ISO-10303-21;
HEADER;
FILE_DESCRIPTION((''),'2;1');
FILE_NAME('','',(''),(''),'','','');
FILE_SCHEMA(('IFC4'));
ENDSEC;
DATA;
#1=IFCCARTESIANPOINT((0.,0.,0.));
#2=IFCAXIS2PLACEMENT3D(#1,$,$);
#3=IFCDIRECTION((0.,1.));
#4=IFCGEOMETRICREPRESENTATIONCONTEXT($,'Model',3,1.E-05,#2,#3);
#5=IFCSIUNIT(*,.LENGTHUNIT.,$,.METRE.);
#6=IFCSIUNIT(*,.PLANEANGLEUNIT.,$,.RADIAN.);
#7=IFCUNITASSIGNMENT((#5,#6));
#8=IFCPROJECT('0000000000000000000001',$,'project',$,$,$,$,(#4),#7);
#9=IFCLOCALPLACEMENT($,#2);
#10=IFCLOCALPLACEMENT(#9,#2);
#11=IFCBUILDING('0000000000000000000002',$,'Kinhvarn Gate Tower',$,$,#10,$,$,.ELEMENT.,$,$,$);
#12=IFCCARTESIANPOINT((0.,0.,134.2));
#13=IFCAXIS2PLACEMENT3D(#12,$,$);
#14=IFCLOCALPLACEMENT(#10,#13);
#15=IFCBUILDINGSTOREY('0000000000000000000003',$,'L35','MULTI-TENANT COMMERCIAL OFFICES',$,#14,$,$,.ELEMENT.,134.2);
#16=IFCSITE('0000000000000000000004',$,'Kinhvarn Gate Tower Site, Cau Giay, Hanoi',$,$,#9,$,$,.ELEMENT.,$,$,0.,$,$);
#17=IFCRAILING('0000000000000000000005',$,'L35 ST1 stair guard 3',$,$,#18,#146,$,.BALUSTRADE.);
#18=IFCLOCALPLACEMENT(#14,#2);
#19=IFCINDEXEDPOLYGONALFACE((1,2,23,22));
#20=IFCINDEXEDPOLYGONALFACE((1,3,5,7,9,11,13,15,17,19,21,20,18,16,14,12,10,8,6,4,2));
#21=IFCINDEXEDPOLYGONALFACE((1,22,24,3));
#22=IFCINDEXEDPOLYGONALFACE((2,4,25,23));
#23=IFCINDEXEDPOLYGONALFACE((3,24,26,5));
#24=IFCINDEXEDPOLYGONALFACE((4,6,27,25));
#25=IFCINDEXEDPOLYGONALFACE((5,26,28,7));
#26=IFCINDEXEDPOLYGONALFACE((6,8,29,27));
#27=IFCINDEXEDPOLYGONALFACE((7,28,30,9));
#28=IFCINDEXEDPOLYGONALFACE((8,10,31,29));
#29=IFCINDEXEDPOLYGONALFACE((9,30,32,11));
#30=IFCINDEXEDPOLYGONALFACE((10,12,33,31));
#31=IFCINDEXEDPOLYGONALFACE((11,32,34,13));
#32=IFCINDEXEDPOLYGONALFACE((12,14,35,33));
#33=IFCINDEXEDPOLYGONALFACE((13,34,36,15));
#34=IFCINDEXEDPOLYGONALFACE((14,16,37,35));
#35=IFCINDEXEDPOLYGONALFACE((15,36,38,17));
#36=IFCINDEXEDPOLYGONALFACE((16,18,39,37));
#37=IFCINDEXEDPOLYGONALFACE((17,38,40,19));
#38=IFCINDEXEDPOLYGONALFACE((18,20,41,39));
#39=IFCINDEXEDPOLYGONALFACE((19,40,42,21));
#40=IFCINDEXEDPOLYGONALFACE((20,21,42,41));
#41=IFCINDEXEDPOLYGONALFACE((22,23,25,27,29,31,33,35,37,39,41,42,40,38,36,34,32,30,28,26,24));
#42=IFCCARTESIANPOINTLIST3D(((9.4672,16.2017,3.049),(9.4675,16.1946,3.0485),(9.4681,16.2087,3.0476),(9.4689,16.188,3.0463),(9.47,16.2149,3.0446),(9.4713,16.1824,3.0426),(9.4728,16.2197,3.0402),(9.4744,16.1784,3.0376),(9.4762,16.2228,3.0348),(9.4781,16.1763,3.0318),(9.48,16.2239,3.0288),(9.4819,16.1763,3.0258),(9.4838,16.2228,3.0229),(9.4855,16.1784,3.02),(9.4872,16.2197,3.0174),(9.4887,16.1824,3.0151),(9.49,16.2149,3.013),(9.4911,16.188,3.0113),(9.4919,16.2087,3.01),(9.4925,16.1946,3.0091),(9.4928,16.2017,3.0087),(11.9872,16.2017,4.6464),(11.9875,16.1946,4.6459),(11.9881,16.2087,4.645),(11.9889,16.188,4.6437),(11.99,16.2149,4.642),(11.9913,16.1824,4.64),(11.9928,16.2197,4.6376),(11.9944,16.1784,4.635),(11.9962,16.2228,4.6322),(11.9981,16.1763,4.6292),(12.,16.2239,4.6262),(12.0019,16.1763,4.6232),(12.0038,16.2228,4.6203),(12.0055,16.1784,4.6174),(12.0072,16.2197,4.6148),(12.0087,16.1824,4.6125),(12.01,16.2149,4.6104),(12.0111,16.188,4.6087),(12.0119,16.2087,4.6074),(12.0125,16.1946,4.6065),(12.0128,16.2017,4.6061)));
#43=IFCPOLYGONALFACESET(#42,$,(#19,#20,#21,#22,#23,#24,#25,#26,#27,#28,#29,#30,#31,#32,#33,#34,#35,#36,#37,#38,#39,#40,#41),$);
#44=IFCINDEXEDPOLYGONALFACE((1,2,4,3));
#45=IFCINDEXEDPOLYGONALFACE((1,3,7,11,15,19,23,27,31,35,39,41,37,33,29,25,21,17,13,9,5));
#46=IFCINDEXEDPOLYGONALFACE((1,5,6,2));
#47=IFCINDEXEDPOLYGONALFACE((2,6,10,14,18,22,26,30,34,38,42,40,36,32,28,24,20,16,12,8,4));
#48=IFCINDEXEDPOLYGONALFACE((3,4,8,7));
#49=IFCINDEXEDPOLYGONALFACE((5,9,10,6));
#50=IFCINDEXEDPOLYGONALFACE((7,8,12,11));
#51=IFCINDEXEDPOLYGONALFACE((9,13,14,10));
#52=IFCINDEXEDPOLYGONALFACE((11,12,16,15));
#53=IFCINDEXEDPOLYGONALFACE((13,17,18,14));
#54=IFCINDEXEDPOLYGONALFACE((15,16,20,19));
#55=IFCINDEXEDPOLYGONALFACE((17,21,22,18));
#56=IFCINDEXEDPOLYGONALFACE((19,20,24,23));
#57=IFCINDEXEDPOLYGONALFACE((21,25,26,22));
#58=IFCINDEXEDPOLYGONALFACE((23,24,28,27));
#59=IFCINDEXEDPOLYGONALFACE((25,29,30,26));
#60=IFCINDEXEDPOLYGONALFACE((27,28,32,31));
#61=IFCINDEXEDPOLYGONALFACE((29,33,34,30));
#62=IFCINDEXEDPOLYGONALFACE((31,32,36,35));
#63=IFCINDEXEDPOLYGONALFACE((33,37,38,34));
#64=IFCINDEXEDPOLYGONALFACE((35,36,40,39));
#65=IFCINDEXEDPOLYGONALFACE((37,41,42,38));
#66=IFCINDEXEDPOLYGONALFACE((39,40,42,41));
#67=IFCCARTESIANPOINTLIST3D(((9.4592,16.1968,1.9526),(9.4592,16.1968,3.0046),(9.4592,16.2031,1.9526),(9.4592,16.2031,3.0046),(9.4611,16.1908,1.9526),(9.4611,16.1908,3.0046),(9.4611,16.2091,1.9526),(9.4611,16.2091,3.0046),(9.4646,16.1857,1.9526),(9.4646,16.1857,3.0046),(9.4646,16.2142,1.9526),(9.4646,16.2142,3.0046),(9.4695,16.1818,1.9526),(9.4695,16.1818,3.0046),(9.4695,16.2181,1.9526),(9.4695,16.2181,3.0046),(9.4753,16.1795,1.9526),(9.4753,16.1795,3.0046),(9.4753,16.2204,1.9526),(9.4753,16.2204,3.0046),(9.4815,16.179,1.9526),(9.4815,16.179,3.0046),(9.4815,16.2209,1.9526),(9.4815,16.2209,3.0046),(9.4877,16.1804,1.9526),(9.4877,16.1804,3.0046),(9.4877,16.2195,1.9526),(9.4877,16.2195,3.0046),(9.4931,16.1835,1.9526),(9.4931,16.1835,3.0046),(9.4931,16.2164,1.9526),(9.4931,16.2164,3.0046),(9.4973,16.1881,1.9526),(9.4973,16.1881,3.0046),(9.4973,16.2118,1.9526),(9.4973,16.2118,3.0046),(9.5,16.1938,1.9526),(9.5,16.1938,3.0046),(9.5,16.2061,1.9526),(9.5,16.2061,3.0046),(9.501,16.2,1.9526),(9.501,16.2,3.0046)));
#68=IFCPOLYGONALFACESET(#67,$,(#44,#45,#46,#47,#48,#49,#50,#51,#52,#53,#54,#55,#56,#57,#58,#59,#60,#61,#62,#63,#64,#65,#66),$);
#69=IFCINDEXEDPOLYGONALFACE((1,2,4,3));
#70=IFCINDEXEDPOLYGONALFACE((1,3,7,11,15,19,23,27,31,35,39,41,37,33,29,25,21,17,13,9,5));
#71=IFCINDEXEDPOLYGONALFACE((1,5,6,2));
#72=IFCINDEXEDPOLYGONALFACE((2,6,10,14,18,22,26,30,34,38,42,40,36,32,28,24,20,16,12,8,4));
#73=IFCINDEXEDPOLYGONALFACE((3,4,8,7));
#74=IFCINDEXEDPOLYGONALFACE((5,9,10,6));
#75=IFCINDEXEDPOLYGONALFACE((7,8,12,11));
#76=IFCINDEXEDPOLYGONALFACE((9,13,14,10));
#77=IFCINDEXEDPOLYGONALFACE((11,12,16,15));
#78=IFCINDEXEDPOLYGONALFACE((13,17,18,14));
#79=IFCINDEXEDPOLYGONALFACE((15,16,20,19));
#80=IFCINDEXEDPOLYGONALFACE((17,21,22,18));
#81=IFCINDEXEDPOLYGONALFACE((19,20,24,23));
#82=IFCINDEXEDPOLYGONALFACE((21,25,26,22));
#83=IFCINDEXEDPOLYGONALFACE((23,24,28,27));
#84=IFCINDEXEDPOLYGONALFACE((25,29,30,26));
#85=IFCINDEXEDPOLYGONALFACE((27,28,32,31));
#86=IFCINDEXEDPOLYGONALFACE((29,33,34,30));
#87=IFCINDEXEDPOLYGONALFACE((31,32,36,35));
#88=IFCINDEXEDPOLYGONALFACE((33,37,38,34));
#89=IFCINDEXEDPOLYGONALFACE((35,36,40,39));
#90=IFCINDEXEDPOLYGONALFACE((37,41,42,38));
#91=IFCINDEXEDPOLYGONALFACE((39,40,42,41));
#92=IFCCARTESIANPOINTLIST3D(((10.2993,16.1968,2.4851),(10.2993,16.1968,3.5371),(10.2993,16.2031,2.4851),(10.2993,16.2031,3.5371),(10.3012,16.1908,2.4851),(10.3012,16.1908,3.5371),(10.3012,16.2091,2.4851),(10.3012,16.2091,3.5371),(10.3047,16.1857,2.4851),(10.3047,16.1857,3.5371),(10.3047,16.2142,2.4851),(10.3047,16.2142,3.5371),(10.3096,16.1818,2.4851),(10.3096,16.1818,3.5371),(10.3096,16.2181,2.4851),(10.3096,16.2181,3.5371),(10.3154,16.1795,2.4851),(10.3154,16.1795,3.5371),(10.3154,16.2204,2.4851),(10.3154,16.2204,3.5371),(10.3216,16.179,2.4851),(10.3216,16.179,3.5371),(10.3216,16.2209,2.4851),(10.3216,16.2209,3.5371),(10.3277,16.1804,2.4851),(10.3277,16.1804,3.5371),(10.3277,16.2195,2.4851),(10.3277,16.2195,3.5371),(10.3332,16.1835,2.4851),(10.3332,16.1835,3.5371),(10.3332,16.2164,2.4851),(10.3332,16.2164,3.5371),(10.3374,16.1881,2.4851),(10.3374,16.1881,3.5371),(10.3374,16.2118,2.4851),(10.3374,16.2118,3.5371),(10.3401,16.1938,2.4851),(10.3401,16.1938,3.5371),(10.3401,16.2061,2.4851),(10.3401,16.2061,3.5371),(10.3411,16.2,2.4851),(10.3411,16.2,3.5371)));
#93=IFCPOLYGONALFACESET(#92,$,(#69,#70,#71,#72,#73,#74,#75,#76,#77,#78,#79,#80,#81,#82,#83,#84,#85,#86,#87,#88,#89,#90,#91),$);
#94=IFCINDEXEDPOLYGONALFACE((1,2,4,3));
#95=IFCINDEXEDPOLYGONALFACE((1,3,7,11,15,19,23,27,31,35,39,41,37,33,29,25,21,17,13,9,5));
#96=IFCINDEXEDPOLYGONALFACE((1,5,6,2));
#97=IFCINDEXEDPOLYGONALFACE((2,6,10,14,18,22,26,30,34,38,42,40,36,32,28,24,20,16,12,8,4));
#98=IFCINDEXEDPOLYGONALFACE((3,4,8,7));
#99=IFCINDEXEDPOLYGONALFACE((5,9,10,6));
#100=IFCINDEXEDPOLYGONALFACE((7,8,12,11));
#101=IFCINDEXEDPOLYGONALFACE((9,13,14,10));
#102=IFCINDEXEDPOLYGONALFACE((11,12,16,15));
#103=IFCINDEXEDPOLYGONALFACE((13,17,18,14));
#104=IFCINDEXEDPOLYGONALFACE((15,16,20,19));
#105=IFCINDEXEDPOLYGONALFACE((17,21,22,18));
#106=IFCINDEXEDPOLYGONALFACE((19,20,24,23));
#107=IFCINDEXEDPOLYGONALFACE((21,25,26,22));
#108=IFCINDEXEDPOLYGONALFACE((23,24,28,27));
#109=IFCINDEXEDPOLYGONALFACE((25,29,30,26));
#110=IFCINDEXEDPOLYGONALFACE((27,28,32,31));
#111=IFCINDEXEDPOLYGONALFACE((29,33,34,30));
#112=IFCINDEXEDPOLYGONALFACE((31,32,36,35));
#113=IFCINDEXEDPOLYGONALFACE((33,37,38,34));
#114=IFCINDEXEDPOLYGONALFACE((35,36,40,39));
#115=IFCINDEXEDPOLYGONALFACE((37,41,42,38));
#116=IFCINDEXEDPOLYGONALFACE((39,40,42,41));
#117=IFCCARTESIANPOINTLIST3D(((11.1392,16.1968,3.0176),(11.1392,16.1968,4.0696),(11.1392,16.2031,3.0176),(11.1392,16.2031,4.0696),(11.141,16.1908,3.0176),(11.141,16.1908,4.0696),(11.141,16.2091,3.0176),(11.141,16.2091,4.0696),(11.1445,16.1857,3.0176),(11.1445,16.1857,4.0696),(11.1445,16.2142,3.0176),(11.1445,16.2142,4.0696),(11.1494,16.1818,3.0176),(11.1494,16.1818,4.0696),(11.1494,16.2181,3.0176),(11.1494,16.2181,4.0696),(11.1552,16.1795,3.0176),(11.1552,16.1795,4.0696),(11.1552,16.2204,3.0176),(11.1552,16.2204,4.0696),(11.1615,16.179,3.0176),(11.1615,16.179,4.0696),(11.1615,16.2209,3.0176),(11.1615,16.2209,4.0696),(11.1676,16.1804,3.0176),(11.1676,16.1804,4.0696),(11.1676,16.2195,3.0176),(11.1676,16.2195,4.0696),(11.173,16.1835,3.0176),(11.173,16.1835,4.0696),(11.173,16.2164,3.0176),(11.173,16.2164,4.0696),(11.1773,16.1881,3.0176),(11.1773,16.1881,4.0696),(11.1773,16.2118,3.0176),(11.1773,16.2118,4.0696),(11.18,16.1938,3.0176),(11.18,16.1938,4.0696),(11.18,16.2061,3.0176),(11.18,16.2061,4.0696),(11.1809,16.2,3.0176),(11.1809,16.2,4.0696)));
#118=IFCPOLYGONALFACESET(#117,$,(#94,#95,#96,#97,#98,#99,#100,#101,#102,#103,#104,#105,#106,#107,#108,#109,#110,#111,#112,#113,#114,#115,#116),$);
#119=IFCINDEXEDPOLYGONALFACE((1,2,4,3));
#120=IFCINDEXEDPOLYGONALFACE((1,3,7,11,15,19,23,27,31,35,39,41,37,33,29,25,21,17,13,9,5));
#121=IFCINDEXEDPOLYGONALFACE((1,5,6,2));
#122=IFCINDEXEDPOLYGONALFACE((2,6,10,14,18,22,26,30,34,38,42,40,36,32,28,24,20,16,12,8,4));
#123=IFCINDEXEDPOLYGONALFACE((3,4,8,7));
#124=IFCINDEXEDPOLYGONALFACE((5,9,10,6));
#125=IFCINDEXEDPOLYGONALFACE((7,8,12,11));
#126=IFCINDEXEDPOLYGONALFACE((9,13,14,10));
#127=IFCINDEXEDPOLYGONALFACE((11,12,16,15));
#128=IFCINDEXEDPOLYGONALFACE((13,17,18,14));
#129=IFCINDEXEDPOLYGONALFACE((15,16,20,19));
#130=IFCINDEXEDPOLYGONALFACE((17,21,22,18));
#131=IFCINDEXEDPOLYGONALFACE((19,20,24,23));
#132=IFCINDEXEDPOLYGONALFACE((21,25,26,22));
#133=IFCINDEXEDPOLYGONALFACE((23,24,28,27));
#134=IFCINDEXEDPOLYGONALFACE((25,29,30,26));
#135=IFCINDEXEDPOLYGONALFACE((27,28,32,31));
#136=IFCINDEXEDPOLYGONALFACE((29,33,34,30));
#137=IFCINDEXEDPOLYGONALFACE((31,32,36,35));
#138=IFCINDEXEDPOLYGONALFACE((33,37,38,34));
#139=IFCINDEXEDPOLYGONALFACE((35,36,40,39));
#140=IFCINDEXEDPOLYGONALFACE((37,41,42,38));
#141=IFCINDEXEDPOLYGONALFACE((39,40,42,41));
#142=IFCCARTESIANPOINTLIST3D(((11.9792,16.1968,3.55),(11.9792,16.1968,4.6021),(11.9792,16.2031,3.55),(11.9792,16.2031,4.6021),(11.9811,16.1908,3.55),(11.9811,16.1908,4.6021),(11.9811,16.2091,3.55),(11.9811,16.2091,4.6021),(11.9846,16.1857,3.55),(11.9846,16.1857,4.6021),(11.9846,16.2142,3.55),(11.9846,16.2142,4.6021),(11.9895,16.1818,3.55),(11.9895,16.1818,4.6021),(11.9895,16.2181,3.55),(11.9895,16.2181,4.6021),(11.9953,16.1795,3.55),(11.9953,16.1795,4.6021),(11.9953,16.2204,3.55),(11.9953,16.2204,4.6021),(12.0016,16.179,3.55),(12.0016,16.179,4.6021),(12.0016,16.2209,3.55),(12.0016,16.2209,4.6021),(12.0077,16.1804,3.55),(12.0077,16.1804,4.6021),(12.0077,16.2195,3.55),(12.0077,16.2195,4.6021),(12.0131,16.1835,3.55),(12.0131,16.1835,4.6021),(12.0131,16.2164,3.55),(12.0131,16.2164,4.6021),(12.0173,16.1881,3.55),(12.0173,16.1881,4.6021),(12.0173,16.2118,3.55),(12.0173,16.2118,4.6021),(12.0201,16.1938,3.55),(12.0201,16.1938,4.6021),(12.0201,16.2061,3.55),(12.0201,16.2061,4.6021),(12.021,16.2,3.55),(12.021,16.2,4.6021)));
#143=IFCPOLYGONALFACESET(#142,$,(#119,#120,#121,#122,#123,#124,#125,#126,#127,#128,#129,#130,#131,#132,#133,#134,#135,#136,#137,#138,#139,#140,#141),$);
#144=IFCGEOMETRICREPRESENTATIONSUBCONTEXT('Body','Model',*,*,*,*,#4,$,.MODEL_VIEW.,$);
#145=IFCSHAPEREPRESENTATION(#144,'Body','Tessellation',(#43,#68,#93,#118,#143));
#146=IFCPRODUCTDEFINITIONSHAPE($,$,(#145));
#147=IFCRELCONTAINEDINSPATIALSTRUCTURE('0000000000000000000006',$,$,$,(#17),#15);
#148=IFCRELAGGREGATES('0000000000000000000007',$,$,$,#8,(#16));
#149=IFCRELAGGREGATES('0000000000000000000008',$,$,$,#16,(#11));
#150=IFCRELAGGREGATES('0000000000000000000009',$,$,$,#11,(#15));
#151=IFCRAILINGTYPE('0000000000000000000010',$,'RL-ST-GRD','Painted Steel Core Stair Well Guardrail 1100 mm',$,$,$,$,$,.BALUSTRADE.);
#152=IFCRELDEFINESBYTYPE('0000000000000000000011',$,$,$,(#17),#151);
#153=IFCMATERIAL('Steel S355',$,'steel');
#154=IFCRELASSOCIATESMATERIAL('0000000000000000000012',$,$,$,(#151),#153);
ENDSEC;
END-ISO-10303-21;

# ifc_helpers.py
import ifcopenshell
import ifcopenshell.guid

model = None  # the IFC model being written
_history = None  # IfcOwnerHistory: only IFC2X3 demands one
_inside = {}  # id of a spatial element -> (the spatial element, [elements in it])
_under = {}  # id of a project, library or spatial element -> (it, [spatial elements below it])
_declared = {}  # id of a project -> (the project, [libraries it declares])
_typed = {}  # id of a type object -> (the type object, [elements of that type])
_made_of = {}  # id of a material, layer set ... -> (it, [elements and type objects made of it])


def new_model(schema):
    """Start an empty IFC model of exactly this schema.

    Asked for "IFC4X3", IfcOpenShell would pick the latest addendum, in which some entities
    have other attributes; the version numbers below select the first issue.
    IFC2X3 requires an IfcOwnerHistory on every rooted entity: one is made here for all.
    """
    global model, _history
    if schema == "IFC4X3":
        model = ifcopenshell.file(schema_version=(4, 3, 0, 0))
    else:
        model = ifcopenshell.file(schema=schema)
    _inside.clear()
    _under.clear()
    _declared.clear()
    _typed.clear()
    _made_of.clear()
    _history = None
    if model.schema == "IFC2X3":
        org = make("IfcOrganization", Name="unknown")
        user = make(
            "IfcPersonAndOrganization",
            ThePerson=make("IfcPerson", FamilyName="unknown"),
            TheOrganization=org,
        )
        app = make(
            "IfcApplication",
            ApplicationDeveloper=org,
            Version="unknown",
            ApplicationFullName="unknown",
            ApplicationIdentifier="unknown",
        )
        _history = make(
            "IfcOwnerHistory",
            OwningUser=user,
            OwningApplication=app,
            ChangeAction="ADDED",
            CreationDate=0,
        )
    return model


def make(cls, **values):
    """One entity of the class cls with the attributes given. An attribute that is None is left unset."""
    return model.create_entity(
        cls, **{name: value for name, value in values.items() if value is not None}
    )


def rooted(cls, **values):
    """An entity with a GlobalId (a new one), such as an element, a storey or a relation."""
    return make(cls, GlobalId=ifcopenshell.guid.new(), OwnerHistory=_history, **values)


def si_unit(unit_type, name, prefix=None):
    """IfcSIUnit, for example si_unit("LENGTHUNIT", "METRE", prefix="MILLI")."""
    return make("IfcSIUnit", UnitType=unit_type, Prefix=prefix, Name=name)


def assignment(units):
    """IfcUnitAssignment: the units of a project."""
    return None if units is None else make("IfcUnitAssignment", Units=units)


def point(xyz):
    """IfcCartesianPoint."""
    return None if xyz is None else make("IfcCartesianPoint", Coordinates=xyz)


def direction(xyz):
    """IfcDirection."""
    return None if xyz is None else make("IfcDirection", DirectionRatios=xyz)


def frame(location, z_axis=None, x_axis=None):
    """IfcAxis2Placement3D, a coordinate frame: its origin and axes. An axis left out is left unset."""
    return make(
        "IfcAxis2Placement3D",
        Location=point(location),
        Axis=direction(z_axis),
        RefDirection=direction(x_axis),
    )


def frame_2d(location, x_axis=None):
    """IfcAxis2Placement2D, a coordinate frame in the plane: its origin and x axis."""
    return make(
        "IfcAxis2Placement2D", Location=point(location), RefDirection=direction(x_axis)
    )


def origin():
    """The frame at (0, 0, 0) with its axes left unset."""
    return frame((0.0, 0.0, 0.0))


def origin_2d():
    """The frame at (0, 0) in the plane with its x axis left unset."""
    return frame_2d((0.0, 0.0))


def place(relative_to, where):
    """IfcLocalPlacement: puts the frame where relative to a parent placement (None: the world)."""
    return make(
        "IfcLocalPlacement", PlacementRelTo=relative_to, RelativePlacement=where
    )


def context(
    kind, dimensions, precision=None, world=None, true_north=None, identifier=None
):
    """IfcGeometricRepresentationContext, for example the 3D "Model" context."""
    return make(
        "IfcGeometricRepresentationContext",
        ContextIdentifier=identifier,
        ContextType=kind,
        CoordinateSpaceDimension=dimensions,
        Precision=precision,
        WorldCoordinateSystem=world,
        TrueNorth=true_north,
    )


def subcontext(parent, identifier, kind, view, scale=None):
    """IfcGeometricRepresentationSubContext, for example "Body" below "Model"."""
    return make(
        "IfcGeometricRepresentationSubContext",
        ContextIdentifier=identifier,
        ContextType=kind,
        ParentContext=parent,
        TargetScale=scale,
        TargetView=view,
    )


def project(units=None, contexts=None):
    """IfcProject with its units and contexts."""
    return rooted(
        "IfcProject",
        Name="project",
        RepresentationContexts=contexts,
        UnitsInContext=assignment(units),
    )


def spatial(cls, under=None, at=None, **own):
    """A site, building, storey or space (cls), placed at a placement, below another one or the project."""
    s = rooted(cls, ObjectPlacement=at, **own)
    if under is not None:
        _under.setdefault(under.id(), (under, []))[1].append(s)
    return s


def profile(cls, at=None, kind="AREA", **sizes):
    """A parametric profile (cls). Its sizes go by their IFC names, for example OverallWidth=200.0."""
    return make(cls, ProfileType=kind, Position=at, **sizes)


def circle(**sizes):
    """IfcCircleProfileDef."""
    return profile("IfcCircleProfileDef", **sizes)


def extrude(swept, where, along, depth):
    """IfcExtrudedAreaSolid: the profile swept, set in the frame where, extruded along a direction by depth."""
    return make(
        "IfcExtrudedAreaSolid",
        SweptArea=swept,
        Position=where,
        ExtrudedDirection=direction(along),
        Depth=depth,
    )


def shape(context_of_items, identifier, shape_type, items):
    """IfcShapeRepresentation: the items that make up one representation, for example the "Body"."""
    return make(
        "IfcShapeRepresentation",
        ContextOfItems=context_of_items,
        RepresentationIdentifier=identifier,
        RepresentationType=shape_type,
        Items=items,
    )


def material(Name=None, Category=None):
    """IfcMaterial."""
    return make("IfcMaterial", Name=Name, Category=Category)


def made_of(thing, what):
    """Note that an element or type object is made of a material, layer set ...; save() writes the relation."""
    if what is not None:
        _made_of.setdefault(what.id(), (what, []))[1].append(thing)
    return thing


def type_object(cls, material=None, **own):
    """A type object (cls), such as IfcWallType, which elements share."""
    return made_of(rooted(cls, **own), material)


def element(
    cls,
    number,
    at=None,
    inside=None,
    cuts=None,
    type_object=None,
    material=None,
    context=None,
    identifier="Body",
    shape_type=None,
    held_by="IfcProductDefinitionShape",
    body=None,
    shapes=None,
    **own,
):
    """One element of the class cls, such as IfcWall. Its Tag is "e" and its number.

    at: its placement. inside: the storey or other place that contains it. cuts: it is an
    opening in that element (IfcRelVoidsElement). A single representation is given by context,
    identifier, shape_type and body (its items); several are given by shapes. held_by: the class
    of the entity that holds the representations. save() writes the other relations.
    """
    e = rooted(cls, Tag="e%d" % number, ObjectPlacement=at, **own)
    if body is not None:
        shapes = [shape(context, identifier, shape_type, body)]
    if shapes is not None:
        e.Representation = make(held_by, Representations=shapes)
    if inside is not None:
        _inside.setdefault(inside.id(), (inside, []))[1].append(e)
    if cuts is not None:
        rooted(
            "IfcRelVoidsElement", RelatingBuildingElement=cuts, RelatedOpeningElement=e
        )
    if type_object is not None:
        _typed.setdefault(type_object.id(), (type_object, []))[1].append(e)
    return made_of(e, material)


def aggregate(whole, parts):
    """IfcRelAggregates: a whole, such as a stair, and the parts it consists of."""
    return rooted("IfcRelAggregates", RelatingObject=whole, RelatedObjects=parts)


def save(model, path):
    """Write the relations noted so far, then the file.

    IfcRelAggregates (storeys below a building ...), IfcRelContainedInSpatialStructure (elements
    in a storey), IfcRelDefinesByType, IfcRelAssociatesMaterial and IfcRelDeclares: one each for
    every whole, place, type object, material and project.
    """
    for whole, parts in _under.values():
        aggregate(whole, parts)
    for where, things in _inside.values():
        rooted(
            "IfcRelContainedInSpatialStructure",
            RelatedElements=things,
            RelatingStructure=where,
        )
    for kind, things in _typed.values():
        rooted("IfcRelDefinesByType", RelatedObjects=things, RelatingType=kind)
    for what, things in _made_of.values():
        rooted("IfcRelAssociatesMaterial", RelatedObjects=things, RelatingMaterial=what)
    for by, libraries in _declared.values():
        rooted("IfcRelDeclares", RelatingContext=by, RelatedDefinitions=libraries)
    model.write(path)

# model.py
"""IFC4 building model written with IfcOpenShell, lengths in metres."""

from ifc_helpers import new_model, si_unit, direction, frame, origin, origin_2d, place, context, subcontext, project, spatial, circle, extrude, material, type_object, element, save


model = new_model("IFC4")

# Units and contexts
model_context = context("Model", 3, precision=1e-05, world=origin(), true_north=direction((0.0, 1.0)))
body_context = subcontext(model_context, "Body", "Model", "MODEL_VIEW")
ifc_project = project(units=[si_unit("LENGTHUNIT", "METRE"), si_unit("PLANEANGLEUNIT", "RADIAN")], contexts=[model_context])

# Site, building, storey
site_placement = place(None, origin())
site = spatial("IfcSite", under=ifc_project, at=site_placement, Name="Kinhvarn Gate Tower Site, Cau Giay, Hanoi", CompositionType="ELEMENT", RefElevation=0.0)
building_placement = place(site_placement, origin())
building = spatial("IfcBuilding", under=site, at=building_placement, Name="Kinhvarn Gate Tower", CompositionType="ELEMENT")
storey_placement = place(building_placement, frame((0.0, 0.0, 134.2)))
storey = spatial("IfcBuildingStorey", under=building, at=storey_placement, Name="L35", Description="MULTI-TENANT COMMERCIAL OFFICES", CompositionType="ELEMENT", Elevation=134.2)

# Shared definitions
ifc_material_1 = material(Name="Steel S355", Category="steel")

# Railing
railing_type_1 = type_object("IfcRailingType", Name="RL-ST-GRD", Description="Painted Steel Core Stair Well Guardrail 1100 mm", PredefinedType="BALUSTRADE", material=ifc_material_1)
railing_1_placement = place(storey_placement, frame((9.48, 16.2, 1.9526)))
element("IfcRailing", 1, at=railing_1_placement, inside=storey, type_object=railing_type_1, Name="L35 ST1 stair guard 3", PredefinedType="BALUSTRADE", context=body_context, shape_type="SweptSolid", body=[
    extrude(circle(Radius=0.0239, at=origin_2d()), frame((0.0, 0.0, 1.0762), z_axis=(0.844607, 0.0, 0.535387), x_axis=(0.0, 1.0, 0.0)), (0.0, 0.0, 1.0), 2.9836),
    extrude(circle(Radius=0.021, at=origin_2d()), origin(), (0.0, 0.0, 1.0), 1.052),
    extrude(circle(Radius=0.021, at=origin_2d()), frame((0.8401, 0.0, 0.5325)), (0.0, 0.0, 1.0), 1.052),
    extrude(circle(Radius=0.021, at=origin_2d()), frame((1.6799, 0.0, 1.0649)), (0.0, 0.0, 1.0), 1.052),
    extrude(circle(Radius=0.021, at=origin_2d()), frame((2.52, 0.0, 1.5974)), (0.0, 0.0, 1.0), 1.052),
])

save(model, "model.ifc")
